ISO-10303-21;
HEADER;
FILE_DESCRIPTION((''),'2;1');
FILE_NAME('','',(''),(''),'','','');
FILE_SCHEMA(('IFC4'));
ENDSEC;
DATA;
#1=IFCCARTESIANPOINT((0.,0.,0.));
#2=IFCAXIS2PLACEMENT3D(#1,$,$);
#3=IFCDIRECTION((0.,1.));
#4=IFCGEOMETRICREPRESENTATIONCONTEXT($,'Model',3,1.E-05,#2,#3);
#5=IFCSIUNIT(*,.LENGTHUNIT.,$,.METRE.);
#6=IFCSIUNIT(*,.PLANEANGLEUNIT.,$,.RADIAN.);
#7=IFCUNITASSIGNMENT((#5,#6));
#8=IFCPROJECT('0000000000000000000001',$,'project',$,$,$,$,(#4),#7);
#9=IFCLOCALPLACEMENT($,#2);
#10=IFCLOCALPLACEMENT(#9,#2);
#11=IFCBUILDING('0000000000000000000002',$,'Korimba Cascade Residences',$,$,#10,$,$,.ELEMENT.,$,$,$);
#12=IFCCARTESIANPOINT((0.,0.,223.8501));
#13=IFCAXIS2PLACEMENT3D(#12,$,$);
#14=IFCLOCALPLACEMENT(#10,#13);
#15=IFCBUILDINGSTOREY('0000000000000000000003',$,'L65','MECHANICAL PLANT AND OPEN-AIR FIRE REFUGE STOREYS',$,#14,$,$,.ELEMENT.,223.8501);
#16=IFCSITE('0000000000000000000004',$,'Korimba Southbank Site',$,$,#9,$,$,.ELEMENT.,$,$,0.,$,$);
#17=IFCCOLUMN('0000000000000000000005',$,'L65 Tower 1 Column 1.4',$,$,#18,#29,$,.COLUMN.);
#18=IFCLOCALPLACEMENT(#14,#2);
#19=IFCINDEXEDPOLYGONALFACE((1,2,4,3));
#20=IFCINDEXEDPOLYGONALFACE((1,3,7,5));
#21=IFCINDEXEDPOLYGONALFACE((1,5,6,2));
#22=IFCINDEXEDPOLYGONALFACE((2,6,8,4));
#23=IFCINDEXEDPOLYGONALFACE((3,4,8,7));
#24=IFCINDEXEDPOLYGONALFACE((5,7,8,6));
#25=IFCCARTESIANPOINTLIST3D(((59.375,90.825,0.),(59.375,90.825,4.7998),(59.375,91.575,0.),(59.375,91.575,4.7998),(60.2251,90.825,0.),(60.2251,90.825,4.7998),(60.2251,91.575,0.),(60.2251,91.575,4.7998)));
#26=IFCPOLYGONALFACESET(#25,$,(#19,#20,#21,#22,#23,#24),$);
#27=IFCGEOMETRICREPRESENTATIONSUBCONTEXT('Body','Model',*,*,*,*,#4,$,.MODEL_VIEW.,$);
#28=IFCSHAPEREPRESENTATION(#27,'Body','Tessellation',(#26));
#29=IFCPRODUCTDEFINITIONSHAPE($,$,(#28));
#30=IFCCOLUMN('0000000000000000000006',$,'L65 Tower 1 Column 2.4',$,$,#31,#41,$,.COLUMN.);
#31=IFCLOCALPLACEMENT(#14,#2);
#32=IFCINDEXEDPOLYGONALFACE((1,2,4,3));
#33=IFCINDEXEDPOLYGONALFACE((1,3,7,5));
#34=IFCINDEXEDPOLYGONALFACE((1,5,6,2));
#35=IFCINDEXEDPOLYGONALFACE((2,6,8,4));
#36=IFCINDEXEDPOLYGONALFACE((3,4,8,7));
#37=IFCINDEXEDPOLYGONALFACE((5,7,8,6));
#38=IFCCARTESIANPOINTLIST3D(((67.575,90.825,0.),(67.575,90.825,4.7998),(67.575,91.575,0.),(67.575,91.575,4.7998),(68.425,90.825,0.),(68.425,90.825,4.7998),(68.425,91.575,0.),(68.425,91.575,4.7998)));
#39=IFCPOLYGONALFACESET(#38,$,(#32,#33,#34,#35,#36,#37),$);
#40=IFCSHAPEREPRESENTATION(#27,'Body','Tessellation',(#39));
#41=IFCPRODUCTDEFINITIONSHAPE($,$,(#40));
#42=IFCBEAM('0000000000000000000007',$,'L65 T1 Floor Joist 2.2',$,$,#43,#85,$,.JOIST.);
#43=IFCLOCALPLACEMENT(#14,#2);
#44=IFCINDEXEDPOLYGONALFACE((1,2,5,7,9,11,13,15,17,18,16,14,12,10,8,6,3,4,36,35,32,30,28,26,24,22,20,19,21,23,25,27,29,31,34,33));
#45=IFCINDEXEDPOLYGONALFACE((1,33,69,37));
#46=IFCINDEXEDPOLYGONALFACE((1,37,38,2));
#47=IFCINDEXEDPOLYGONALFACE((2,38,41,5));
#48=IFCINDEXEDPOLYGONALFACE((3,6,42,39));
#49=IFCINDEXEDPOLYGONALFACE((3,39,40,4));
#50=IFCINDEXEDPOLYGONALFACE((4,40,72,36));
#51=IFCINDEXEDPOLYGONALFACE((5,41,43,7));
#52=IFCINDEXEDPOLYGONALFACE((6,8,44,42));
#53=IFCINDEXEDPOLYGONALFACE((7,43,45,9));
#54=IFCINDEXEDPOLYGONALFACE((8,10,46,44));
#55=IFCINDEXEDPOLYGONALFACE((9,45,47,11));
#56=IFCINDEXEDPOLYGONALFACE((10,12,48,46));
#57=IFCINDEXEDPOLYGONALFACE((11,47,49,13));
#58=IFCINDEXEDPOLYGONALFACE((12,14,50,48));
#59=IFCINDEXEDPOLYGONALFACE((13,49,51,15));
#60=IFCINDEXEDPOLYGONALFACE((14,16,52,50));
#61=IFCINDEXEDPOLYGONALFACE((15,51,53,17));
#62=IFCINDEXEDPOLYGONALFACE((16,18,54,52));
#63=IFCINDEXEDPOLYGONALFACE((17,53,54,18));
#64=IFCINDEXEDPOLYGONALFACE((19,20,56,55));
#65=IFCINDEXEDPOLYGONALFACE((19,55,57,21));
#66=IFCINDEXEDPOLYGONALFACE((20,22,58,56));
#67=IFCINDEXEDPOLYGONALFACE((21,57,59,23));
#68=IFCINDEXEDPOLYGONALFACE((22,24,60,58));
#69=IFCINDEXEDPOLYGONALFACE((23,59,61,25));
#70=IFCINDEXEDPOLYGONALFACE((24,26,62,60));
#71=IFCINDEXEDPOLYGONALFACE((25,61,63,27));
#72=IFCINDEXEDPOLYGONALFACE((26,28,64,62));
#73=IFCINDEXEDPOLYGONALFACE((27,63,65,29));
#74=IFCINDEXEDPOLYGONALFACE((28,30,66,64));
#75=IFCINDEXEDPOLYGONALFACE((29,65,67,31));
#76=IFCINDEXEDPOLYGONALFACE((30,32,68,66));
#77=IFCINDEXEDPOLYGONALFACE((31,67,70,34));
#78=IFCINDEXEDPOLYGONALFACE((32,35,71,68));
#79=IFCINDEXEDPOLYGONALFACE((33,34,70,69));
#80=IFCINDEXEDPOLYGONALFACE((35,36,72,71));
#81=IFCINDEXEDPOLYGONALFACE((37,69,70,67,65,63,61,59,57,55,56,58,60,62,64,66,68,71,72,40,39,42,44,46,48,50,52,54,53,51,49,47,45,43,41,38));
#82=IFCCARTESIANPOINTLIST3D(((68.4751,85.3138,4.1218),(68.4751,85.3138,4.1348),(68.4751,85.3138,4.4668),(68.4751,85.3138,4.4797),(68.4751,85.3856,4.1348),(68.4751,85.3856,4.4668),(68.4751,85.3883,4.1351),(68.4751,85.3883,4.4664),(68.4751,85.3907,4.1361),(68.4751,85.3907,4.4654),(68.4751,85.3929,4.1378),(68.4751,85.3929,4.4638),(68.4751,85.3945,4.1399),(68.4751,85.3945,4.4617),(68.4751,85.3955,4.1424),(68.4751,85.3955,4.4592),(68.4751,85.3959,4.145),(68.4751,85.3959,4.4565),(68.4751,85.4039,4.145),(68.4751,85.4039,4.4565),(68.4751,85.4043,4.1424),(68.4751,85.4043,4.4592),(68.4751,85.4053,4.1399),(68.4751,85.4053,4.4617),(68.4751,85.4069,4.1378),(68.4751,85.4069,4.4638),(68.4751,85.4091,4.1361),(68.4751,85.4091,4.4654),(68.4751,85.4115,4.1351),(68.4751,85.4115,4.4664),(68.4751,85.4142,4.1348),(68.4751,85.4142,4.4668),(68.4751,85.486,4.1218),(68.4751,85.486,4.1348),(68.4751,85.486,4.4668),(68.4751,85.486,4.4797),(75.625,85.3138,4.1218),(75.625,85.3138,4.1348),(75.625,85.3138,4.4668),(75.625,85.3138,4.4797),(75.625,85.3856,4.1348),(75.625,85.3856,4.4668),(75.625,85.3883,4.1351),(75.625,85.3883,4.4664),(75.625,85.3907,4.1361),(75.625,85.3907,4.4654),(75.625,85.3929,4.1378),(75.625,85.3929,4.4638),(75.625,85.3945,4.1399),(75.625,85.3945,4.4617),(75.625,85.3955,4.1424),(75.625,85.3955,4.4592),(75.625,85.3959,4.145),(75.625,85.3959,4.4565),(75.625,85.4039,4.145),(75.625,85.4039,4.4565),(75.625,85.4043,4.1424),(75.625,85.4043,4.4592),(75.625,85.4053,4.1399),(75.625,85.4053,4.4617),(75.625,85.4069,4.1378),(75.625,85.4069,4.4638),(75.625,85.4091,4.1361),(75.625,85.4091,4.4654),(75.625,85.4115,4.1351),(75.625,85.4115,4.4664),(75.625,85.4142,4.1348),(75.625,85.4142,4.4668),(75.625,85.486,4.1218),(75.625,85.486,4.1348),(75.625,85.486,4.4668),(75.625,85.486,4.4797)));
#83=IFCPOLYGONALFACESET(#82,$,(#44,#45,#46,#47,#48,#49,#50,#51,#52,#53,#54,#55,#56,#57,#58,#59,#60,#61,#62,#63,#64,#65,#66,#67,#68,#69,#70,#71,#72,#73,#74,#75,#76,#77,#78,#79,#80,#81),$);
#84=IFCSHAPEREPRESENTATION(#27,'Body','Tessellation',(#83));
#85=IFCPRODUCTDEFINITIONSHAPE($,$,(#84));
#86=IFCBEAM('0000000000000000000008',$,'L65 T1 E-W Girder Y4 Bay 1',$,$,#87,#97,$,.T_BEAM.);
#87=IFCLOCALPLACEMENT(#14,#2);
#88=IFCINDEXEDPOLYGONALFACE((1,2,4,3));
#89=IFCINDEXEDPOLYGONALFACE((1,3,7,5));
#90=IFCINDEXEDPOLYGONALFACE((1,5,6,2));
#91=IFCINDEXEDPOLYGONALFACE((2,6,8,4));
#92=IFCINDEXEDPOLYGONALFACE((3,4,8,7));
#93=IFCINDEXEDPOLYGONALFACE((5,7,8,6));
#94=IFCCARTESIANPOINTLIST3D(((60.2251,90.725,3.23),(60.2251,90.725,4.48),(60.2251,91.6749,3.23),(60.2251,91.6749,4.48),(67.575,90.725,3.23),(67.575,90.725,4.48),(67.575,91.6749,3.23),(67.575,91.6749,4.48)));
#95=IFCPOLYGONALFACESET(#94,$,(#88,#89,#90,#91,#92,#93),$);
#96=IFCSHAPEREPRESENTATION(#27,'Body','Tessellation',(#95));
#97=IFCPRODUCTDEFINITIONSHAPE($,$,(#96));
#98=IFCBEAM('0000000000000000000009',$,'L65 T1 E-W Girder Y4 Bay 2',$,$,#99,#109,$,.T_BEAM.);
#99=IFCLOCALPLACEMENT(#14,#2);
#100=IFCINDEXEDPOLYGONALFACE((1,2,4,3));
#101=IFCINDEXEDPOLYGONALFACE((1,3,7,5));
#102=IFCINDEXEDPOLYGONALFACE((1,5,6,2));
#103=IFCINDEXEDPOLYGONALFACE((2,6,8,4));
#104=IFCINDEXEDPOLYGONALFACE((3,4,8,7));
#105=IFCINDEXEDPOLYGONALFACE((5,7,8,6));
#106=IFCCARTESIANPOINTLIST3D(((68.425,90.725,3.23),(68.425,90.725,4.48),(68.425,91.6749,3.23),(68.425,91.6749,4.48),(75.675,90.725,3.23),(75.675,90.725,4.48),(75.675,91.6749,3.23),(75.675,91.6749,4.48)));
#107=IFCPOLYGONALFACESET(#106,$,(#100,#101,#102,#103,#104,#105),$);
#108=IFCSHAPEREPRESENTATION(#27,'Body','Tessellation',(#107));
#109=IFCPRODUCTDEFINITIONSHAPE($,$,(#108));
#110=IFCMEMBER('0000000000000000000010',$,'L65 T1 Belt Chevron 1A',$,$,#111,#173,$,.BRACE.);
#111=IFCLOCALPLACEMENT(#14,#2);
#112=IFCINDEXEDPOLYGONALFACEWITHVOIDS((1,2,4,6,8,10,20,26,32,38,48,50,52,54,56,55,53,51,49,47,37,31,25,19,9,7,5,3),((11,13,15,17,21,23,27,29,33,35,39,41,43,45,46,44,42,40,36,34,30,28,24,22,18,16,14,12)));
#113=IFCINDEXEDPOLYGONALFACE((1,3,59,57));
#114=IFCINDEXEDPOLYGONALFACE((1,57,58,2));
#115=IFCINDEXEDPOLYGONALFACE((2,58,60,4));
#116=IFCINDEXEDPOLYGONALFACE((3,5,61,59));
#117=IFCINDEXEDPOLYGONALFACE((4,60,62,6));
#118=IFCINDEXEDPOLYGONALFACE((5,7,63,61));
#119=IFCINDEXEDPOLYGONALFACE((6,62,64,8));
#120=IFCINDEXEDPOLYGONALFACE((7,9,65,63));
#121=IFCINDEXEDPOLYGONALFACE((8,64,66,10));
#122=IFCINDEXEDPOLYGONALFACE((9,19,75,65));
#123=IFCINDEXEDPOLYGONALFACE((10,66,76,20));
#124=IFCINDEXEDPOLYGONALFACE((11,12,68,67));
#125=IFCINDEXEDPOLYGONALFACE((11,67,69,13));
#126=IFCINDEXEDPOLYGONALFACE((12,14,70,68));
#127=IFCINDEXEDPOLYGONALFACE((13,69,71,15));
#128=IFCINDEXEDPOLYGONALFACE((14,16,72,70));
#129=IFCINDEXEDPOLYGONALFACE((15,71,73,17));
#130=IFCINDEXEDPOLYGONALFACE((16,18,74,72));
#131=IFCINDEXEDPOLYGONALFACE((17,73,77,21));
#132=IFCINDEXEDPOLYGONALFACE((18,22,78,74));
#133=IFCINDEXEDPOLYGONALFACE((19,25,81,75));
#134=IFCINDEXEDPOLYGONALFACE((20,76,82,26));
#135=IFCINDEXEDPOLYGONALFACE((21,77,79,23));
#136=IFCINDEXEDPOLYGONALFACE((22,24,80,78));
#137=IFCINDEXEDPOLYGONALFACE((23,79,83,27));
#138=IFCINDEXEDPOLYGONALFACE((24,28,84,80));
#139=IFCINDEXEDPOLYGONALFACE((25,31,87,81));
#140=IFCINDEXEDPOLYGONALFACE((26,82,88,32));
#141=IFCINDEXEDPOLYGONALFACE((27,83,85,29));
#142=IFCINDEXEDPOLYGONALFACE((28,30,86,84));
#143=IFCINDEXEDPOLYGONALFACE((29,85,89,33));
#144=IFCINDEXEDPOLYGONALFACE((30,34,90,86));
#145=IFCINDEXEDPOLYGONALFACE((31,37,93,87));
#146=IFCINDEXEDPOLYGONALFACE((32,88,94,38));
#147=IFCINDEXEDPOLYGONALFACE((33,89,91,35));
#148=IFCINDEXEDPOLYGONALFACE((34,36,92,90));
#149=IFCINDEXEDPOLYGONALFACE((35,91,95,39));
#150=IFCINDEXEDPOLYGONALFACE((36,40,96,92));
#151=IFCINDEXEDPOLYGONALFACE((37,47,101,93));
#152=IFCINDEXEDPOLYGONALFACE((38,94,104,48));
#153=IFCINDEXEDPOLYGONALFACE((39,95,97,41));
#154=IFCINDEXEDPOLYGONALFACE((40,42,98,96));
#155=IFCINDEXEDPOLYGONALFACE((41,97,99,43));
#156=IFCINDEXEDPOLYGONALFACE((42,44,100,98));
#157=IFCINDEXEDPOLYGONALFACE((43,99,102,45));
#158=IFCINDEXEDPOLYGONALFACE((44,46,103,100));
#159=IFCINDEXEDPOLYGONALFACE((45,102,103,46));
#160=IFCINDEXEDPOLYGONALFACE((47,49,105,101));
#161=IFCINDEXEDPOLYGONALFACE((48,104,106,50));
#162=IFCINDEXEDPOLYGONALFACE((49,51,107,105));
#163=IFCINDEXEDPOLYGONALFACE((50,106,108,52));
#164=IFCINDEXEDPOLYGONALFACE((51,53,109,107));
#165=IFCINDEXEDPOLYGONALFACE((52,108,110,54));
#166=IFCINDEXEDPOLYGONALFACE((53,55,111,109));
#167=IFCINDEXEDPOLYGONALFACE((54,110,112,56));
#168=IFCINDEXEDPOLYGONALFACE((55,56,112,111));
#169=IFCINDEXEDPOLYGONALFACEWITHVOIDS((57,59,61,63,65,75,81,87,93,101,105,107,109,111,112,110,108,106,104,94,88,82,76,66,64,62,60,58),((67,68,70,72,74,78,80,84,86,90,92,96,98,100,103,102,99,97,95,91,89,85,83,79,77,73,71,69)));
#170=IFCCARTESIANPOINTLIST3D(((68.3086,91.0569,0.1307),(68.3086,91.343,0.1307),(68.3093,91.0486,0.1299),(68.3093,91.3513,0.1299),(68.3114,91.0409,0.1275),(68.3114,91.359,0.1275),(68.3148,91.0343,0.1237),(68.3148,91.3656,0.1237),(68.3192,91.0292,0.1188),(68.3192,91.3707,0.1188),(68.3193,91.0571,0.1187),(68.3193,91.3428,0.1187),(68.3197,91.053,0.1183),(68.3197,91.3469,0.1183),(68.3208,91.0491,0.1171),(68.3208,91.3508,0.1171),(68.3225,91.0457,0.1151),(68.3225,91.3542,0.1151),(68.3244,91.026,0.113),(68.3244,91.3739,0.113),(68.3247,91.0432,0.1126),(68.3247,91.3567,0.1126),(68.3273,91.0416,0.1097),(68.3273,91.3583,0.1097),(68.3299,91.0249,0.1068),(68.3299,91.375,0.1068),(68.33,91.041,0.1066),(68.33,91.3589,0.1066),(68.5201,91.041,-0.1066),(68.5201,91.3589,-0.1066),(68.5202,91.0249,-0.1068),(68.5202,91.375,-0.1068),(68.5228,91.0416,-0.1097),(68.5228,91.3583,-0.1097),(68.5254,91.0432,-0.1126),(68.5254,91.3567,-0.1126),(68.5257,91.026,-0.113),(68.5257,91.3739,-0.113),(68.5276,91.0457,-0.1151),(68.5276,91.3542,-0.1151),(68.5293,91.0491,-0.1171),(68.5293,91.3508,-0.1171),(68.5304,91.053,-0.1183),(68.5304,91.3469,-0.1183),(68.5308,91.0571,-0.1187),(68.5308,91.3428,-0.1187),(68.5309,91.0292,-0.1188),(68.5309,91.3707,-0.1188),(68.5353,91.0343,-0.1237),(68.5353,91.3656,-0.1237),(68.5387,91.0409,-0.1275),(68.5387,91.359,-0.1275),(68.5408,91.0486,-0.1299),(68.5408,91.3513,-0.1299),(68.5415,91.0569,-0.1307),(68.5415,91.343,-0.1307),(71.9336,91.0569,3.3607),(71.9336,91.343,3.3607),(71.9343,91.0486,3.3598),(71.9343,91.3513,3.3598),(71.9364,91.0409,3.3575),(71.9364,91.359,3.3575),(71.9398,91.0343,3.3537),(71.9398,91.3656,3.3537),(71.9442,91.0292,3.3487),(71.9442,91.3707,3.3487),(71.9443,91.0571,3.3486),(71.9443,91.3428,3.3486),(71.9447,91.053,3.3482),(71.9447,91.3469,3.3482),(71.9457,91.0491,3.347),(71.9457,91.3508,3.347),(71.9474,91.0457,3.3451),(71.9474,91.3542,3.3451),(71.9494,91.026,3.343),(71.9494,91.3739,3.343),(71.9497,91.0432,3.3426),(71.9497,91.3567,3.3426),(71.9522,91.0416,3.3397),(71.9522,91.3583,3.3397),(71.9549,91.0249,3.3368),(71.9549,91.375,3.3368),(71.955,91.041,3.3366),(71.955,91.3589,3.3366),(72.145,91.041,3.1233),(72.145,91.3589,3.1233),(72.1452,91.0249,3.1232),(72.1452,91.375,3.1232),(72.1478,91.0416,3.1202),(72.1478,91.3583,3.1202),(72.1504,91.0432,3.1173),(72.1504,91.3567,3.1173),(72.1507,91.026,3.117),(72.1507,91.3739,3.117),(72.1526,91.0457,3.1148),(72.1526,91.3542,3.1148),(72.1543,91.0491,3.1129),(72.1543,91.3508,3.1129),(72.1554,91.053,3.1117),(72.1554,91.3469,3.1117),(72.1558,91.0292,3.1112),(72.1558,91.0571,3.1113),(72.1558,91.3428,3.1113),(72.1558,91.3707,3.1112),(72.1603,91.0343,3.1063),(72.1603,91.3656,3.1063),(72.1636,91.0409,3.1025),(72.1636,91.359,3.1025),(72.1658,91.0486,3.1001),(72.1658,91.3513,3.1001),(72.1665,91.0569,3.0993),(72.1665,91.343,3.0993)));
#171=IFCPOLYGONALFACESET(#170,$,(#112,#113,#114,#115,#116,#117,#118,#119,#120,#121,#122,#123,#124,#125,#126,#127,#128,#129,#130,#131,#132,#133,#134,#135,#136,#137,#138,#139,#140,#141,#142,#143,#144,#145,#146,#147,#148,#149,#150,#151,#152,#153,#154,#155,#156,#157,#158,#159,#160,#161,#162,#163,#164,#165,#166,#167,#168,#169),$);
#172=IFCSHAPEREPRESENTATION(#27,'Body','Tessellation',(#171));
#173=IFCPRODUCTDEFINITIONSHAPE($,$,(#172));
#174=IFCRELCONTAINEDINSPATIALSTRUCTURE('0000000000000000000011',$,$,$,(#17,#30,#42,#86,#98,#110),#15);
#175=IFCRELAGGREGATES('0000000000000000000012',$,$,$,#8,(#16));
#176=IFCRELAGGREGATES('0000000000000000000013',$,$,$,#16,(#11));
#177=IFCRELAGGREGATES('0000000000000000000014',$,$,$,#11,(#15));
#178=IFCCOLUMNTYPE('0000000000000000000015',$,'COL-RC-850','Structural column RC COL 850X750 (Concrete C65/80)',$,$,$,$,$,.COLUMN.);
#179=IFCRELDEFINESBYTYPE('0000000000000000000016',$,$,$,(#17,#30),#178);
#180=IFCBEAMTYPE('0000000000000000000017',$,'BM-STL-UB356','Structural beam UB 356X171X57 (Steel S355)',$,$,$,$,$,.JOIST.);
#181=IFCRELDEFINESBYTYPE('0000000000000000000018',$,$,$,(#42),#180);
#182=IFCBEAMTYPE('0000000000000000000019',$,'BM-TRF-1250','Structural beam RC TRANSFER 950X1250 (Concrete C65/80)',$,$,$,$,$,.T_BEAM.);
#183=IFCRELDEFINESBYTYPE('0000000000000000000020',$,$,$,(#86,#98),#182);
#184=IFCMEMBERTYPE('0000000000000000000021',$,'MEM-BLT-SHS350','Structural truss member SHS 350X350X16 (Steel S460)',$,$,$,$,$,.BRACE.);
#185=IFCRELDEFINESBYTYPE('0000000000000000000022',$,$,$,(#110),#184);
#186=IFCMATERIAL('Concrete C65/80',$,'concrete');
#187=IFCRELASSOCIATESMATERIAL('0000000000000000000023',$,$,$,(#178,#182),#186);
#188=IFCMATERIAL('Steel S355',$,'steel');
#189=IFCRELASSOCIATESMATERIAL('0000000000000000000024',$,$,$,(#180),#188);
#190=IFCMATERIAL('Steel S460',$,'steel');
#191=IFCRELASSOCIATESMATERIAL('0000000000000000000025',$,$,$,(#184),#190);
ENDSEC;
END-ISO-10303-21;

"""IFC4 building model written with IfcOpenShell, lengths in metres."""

from ifc_helpers import new_model, si_unit, direction, frame, origin, origin_2d, place, context, subcontext, project, spatial, rectangle, hollow_rectangle, i_section, extrude, material, material_profile, profile_set, type_object, element, save


model = new_model("IFC4")

# Units and contexts
model_context = context("Model", 3, precision=1e-05, world=origin(), true_north=direction((0.0, 1.0)))
body_context = subcontext(model_context, "Body", "Model", "MODEL_VIEW")
ifc_project = project(units=[si_unit("LENGTHUNIT", "METRE"), si_unit("PLANEANGLEUNIT", "RADIAN")], contexts=[model_context])

# Site, building, storey
site_placement = place(None, origin())
site = spatial("IfcSite", under=ifc_project, at=site_placement, Name="Korimba Southbank Site", CompositionType="ELEMENT", RefElevation=0.0)
building_placement = place(site_placement, origin())
building = spatial("IfcBuilding", under=site, at=building_placement, Name="Korimba Cascade Residences", CompositionType="ELEMENT")
storey_placement = place(building_placement, frame((0.0, 0.0, 223.8501)))
storey = spatial("IfcBuildingStorey", under=building, at=storey_placement, Name="L65", Description="MECHANICAL PLANT AND OPEN-AIR FIRE REFUGE STOREYS", CompositionType="ELEMENT", Elevation=223.8501)

# Columns
ifc_material_1 = material(Name="Concrete C65/80", Category="concrete")
ifc_material_profile_1 = material_profile(ifc_material_1, rectangle(XDim=0.8501, YDim=0.75, at=origin_2d()), Name="Concrete C65/80")
ifc_profile_set_1 = profile_set([ifc_material_profile_1], Name="Concrete C65/80")
column_type = type_object("IfcColumnType", Name="COL-RC-850", Description="Structural column RC COL 850X750 (Concrete C65/80)", PredefinedType="COLUMN", material=ifc_profile_set_1)
for number, where, z_axis, x_axis, name in (
    (1, (59.8, 91.2, 0.0), (0.0, 0.0, 1.0), (1.0, 0.0, 0.0), "L65 Tower 1 Column 1.4"),
    (2, (68.0, 91.2, 0.0), (0.0, 0.0, 1.0), (1.0, 0.0, 0.0), "L65 Tower 1 Column 2.4"),
):
    element("IfcColumn", number, at=place(storey_placement, frame(where, z_axis=z_axis, x_axis=x_axis)), inside=storey, type_object=column_type, Name=name, PredefinedType="COLUMN", context=body_context, shape_type="SweptSolid", body=[
        extrude(rectangle(XDim=0.8501, YDim=0.75, at=origin_2d()), origin(), (0.0, 0.0, 1.0), 4.7998),
    ])

# Beams
ifc_material_2 = material(Name="Steel S355", Category="steel")
ifc_material_profile_2 = material_profile(ifc_material_2, i_section(OverallWidth=0.1721, OverallDepth=0.3579, WebThickness=0.0081, FlangeThickness=0.0129, FilletRadius=0.0103, at=origin_2d()), Name="Steel S355")
ifc_profile_set_2 = profile_set([ifc_material_profile_2], Name="Steel S355")
beam_type_1 = type_object("IfcBeamType", Name="BM-STL-UB356", Description="Structural beam UB 356X171X57 (Steel S355)", PredefinedType="JOIST", material=ifc_profile_set_2)
beam_1_placement = place(storey_placement, frame((68.4751, 85.3999, 4.3008), z_axis=(1.0, 0.0, 0.0), x_axis=(0.0, 1.0, 0.0)))
element("IfcBeam", 3, at=beam_1_placement, inside=storey, type_object=beam_type_1, Name="L65 T1 Floor Joist 2.2", PredefinedType="JOIST", context=body_context, shape_type="SweptSolid", body=[
    extrude(i_section(OverallWidth=0.1721, OverallDepth=0.3579, WebThickness=0.0081, FlangeThickness=0.0129, FilletRadius=0.0103, at=origin_2d()), origin(), (0.0, 0.0, 1.0), 7.1499),
])
ifc_material_profile_3 = material_profile(ifc_material_1, rectangle(XDim=0.95, YDim=1.25, at=origin_2d()), Name="Concrete C65/80")
ifc_profile_set_3 = profile_set([ifc_material_profile_3], Name="Concrete C65/80")
beam_type_2 = type_object("IfcBeamType", Name="BM-TRF-1250", Description="Structural beam RC TRANSFER 950X1250 (Concrete C65/80)", PredefinedType="T_BEAM", material=ifc_profile_set_3)
beam_2_placement = place(storey_placement, frame((60.2251, 91.2, 3.855), z_axis=(1.0, 0.0, 0.0), x_axis=(0.0, 1.0, 0.0)))
element("IfcBeam", 4, at=beam_2_placement, inside=storey, type_object=beam_type_2, Name="L65 T1 E-W Girder Y4 Bay 1", PredefinedType="T_BEAM", context=body_context, shape_type="SweptSolid", body=[
    extrude(rectangle(XDim=0.95, YDim=1.25, at=origin_2d()), origin(), (0.0, 0.0, 1.0), 7.3499),
])
beam_3_placement = place(storey_placement, frame((68.425, 91.2, 3.855), z_axis=(1.0, 0.0, 0.0), x_axis=(0.0, 1.0, 0.0)))
element("IfcBeam", 5, at=beam_3_placement, inside=storey, type_object=beam_type_2, Name="L65 T1 E-W Girder Y4 Bay 2", PredefinedType="T_BEAM", context=body_context, shape_type="SweptSolid", body=[
    extrude(rectangle(XDim=0.95, YDim=1.25, at=origin_2d()), origin(), (0.0, 0.0, 1.0), 7.25),
])

# Member
ifc_material_3 = material(Name="Steel S460", Category="steel")
ifc_material_profile_4 = material_profile(ifc_material_3, hollow_rectangle(XDim=0.3501, YDim=0.3501, WallThickness=0.0161, InnerFilletRadius=0.0161, OuterFilletRadius=0.032, at=origin_2d()), Name="Steel S460")
ifc_profile_set_4 = profile_set([ifc_material_profile_4], Name="Steel S460")
member_type = type_object("IfcMemberType", Name="MEM-BLT-SHS350", Description="Structural truss member SHS 350X350X16 (Steel S460)", PredefinedType="BRACE", material=ifc_profile_set_4)
for number, where, z_axis, x_axis, name in (
    (6, (68.425, 91.2, 0.0), (0.746615, 0.0, 0.665256), (0.0, 1.0, 0.0), "L65 T1 Belt Chevron 1A"),
):
    element("IfcMember", number, at=place(storey_placement, frame(where, z_axis=z_axis, x_axis=x_axis)), inside=storey, type_object=member_type, Name=name, PredefinedType="BRACE", context=body_context, shape_type="SweptSolid", body=[
        extrude(hollow_rectangle(XDim=0.3501, YDim=0.3501, WallThickness=0.0161, InnerFilletRadius=0.0161, OuterFilletRadius=0.032, at=origin_2d()), origin(), (0.0, 0.0, 1.0), 4.8552),
    ])

save(model, "model.ifc")
